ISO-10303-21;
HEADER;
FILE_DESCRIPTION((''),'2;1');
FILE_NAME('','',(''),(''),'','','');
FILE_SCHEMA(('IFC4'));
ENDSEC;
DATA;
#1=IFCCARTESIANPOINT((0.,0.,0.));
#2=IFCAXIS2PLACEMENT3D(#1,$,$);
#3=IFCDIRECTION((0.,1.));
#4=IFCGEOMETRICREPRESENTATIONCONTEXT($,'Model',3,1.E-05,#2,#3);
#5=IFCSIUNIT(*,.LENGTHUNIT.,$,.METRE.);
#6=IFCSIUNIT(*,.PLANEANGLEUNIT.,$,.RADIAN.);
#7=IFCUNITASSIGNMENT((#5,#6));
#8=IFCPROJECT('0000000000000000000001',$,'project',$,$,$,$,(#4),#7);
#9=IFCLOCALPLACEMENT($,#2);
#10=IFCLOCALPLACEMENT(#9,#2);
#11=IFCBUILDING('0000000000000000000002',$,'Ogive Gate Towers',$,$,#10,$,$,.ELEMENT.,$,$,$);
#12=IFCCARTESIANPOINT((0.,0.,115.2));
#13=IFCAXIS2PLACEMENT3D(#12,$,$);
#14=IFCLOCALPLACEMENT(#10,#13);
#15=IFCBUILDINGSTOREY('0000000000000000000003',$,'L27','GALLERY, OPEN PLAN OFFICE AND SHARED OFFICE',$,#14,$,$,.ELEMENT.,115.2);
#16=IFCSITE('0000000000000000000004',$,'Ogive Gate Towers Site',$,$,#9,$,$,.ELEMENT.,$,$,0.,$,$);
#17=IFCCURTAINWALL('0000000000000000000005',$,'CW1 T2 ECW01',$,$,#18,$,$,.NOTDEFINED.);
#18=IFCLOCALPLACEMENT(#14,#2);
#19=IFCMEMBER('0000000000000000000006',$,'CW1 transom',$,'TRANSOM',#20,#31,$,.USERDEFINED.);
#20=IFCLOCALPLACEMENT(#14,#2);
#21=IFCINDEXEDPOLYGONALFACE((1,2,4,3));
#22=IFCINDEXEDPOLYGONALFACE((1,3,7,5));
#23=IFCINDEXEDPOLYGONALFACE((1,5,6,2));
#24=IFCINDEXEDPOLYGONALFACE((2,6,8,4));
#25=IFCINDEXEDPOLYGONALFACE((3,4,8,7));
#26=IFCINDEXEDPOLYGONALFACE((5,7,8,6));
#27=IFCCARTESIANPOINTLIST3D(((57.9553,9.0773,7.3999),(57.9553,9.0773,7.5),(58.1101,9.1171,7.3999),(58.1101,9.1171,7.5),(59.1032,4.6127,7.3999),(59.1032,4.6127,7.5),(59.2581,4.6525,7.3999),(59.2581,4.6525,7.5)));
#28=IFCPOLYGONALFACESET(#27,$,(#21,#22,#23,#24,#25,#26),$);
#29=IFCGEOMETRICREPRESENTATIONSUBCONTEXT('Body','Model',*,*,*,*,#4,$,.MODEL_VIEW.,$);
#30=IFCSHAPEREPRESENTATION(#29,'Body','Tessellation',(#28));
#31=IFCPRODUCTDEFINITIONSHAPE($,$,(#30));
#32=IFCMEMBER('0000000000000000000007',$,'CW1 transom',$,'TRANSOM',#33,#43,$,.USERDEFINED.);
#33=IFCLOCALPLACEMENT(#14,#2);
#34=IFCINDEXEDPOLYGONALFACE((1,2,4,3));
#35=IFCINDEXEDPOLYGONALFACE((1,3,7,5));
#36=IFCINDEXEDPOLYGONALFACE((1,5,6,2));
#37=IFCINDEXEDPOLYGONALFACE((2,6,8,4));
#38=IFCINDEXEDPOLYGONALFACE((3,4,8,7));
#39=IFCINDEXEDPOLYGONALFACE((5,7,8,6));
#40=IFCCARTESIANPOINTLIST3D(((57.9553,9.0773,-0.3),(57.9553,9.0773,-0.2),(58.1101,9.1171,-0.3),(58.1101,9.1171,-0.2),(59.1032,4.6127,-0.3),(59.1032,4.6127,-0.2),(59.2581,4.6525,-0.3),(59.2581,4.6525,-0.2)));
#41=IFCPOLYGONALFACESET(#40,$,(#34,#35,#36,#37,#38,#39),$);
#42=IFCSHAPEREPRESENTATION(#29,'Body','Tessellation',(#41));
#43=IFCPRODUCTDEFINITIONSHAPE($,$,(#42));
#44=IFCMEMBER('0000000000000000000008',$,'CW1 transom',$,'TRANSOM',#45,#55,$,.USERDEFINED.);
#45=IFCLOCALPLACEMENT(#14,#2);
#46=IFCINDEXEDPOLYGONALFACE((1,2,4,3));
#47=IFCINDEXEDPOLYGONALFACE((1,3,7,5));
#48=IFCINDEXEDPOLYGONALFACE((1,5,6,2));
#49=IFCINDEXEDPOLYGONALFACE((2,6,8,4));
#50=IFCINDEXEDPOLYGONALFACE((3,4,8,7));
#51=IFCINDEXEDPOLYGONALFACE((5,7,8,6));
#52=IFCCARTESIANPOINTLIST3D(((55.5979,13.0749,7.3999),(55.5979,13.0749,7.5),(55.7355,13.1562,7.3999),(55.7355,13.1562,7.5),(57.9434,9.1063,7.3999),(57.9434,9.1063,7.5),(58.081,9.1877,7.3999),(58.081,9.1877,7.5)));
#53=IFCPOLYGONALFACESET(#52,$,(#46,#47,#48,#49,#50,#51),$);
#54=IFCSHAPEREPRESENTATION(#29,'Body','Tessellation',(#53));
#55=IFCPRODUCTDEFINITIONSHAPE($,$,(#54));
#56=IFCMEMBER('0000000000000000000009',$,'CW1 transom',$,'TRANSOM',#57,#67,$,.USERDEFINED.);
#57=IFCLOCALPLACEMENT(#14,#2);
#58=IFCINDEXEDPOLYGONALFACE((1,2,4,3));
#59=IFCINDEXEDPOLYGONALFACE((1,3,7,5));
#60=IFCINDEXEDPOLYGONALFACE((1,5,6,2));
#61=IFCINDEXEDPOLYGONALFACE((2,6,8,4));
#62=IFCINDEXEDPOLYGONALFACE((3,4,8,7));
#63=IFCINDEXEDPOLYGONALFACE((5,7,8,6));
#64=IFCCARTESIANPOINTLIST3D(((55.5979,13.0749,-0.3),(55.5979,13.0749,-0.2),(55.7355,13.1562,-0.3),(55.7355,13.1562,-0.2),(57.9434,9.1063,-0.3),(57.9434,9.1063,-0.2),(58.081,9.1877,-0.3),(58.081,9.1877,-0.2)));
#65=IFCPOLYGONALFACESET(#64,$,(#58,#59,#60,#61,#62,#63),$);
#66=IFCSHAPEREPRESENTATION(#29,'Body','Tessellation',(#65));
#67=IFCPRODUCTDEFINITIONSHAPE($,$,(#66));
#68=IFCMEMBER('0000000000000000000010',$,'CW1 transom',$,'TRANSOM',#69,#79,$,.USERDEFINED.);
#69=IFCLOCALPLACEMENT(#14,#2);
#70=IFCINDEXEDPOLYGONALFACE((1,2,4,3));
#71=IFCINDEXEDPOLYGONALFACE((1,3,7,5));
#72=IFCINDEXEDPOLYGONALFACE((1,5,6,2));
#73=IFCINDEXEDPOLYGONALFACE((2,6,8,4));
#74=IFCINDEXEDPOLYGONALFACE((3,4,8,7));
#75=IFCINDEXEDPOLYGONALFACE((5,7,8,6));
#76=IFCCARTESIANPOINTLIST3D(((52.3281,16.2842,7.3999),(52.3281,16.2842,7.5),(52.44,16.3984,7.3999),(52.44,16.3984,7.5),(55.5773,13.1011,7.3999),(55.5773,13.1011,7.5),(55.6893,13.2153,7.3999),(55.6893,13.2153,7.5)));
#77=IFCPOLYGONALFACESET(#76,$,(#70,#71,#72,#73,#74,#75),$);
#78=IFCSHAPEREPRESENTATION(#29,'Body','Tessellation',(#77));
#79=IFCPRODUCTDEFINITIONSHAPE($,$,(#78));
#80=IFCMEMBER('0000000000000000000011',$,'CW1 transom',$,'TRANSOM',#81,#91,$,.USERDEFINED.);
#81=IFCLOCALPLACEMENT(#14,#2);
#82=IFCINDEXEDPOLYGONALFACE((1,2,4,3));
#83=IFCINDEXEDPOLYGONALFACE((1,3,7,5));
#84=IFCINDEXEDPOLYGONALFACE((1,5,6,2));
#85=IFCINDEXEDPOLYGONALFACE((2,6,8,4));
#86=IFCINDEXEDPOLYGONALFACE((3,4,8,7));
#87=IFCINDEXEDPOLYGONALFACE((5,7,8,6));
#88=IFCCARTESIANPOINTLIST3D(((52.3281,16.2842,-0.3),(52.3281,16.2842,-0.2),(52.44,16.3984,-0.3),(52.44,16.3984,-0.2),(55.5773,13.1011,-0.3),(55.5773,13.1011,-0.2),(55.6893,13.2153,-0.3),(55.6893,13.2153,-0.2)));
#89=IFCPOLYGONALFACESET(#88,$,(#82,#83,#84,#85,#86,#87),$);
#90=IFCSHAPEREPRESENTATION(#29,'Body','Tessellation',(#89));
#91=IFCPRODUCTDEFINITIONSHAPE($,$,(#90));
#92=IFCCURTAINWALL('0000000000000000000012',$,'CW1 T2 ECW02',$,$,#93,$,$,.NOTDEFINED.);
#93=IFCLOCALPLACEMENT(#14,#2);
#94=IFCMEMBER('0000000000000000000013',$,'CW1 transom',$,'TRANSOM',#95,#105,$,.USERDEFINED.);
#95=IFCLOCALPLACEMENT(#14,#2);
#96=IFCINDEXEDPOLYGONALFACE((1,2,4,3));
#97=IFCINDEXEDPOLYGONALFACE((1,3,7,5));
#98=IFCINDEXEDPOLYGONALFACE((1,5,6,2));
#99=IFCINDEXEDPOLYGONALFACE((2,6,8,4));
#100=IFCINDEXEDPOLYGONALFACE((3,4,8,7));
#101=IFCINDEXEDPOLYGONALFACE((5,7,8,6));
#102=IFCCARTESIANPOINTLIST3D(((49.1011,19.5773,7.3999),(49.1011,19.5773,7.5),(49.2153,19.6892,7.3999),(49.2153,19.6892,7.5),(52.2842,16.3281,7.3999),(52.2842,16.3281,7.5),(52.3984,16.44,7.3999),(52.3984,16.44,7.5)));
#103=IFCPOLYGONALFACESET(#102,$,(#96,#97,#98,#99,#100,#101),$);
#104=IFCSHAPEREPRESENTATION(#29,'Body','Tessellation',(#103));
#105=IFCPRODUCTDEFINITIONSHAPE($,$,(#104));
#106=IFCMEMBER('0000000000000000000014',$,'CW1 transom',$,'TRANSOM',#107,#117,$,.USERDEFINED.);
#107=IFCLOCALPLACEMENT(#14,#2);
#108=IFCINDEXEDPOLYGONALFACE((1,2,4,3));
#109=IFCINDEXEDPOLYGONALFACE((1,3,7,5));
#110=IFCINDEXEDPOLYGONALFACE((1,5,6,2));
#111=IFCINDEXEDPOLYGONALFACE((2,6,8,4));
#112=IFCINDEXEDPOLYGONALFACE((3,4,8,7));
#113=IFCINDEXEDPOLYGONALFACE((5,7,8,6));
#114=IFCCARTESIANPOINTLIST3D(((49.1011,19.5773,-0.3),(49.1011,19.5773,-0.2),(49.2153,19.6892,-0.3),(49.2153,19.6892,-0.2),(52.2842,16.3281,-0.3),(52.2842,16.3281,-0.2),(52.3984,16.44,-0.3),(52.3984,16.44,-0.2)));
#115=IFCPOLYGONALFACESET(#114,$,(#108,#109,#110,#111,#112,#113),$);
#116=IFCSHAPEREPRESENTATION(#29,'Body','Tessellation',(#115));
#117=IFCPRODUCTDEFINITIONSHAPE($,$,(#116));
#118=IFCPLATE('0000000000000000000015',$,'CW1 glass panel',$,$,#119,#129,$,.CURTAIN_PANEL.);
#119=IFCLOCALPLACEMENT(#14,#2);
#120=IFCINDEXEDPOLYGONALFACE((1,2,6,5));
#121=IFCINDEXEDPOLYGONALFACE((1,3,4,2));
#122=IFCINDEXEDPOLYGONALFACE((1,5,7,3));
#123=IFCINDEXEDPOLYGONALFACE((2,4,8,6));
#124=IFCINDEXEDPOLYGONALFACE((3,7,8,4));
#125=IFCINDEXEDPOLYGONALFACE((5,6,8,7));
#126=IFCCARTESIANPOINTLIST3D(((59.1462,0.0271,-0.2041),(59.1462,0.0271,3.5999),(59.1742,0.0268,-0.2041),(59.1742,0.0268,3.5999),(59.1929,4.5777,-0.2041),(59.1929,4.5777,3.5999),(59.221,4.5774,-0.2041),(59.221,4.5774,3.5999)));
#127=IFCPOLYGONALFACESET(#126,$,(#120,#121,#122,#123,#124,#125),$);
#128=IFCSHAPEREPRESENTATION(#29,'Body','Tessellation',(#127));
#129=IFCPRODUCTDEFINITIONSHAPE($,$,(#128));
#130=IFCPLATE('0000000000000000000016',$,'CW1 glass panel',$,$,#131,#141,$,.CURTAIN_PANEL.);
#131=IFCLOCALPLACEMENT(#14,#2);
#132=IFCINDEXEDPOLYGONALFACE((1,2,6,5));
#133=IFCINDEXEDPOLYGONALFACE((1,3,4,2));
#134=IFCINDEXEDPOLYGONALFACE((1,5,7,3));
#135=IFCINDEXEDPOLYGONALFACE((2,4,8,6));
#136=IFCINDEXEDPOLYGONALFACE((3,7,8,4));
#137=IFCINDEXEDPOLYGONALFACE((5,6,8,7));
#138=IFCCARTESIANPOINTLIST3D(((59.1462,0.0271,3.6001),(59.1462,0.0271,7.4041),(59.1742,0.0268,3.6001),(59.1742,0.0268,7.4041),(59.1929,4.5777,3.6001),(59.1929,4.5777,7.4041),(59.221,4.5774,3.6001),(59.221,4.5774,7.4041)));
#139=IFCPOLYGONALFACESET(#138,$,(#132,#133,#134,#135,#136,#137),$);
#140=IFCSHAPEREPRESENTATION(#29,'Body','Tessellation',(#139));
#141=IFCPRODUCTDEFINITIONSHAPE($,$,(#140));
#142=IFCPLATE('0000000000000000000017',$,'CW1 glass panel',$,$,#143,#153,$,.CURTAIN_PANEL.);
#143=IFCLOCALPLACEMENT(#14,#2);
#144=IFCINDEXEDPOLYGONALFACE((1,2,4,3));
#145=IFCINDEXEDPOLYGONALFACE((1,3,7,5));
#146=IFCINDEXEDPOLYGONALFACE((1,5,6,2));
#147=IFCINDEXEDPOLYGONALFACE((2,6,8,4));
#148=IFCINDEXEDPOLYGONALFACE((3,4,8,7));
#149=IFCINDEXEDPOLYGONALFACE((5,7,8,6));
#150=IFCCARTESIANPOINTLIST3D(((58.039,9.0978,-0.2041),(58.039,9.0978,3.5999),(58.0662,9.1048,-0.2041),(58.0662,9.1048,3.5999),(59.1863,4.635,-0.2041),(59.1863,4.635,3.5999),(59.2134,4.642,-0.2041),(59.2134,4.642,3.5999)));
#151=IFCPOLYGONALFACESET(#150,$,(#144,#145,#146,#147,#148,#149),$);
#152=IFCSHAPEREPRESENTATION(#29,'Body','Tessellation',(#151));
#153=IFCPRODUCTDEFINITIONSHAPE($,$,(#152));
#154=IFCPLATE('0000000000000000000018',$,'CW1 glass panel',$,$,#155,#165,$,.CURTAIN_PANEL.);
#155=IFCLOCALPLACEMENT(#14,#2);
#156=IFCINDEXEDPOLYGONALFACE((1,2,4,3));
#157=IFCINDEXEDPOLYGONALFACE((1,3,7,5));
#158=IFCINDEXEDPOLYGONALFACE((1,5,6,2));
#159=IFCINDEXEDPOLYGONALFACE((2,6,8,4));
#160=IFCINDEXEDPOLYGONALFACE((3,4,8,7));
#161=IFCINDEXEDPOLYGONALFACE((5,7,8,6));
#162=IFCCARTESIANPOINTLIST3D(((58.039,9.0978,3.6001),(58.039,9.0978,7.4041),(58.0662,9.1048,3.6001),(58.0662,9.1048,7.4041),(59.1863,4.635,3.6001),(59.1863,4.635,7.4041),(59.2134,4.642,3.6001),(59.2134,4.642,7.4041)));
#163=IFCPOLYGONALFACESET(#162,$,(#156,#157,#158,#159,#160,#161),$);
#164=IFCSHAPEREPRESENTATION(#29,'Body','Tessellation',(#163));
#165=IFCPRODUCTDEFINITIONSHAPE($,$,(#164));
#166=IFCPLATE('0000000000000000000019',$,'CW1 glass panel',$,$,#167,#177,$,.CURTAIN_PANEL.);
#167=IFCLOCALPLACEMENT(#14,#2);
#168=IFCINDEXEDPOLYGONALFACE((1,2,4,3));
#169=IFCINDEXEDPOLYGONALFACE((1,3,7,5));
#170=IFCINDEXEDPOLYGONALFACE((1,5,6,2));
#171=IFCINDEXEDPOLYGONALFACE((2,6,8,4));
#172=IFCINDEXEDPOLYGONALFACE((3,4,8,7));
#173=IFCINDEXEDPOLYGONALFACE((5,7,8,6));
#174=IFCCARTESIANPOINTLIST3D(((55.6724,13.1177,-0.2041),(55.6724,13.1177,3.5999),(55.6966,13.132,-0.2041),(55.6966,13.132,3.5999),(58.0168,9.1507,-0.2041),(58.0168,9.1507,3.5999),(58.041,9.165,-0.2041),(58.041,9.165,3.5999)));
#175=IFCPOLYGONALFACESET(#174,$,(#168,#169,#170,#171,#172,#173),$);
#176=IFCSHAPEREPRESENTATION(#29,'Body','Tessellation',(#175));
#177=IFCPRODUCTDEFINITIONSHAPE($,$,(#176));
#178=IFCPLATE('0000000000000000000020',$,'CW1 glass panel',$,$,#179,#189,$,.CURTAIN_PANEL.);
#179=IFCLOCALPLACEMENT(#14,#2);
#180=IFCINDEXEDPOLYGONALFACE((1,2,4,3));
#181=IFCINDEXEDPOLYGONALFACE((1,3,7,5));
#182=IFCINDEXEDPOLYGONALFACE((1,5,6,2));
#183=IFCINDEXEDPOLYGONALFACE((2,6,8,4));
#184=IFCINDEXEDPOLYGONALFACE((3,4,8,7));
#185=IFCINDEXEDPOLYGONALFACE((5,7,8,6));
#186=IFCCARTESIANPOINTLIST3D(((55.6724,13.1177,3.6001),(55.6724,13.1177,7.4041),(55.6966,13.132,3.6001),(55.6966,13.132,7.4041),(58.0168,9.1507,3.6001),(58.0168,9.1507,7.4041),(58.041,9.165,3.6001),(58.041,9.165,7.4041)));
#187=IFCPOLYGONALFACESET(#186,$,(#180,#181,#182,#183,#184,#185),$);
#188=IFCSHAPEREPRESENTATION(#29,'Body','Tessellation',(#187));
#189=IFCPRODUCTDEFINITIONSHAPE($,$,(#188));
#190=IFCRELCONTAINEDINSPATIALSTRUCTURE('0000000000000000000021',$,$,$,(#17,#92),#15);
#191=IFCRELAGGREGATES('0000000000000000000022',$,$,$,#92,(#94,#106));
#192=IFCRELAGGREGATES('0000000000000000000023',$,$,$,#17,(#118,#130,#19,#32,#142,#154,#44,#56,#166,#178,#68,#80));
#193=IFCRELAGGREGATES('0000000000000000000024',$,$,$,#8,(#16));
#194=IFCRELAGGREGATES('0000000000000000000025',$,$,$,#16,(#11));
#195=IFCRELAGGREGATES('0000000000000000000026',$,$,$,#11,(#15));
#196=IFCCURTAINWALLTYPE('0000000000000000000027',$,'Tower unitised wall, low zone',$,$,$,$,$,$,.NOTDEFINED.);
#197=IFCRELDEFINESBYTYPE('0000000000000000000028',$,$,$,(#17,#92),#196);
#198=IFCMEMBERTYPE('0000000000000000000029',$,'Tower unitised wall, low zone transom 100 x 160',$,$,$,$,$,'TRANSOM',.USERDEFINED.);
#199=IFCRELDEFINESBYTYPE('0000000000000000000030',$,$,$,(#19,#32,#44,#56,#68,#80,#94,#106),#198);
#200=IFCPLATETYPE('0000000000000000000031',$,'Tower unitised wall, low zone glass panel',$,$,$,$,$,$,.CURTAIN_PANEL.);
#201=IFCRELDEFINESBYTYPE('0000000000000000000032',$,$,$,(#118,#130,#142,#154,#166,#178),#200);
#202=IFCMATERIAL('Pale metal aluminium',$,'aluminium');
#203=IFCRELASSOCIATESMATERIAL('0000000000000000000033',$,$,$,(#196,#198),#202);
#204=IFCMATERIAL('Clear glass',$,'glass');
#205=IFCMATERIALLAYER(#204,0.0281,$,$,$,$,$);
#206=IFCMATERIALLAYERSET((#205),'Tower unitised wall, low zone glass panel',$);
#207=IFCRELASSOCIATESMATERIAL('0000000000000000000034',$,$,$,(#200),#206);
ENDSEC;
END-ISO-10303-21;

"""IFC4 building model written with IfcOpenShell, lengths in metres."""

from ifc_helpers import new_model, si_unit, direction, frame, origin, origin_2d, place, context, subcontext, project, spatial, rectangle, extrude, material, layer, layer_set, material_profile, profile_set, type_object, element, aggregate, save


model = new_model("IFC4")

# Units and contexts
model_context = context("Model", 3, precision=1e-05, world=origin(), true_north=direction((0.0, 1.0)))
body_context = subcontext(model_context, "Body", "Model", "MODEL_VIEW")
ifc_project = project(units=[si_unit("LENGTHUNIT", "METRE"), si_unit("PLANEANGLEUNIT", "RADIAN")], contexts=[model_context])

# Site, building, storey
site_placement = place(None, origin())
site = spatial("IfcSite", under=ifc_project, at=site_placement, Name="Ogive Gate Towers Site", CompositionType="ELEMENT", RefElevation=0.0)
building_placement = place(site_placement, origin())
building = spatial("IfcBuilding", under=site, at=building_placement, Name="Ogive Gate Towers", CompositionType="ELEMENT")
storey_placement = place(building_placement, frame((0.0, 0.0, 115.2)))
storey = spatial("IfcBuildingStorey", under=building, at=storey_placement, Name="L27", Description="GALLERY, OPEN PLAN OFFICE AND SHARED OFFICE", CompositionType="ELEMENT", Elevation=115.2)

# Curtain walls, members
ifc_material_1 = material(Name="Pale metal aluminium", Category="aluminium")
curtain_wall_type = type_object("IfcCurtainWallType", Name="Tower unitised wall, low zone", PredefinedType="NOTDEFINED", material=ifc_material_1)
curtain_wall_1_placement = place(storey_placement, origin())
curtain_wall_1 = element("IfcCurtainWall", 1, at=curtain_wall_1_placement, inside=storey, type_object=curtain_wall_type, Name="CW1 T2 ECW01", PredefinedType="NOTDEFINED")
ifc_material_profile_1 = material_profile(ifc_material_1, rectangle(XDim=0.1599, YDim=0.1001, at=origin_2d()), Name="100 x 160 aluminium box")
ifc_profile_set_1 = profile_set([ifc_material_profile_1], Name="Pale metal aluminium")
member_type_1 = type_object("IfcMemberType", Name="Tower unitised wall, low zone transom 100 x 160", ElementType="TRANSOM", PredefinedType="USERDEFINED", material=ifc_profile_set_1)
member_1_placement = place(storey_placement, frame((59.1807, 4.6326, 7.45), z_axis=(-0.249023, 0.968498, 0.0), x_axis=(-0.968498, -0.249023, 0.0)))
member_1 = element("IfcMember", 2, at=member_1_placement, type_object=member_type_1, Name="CW1 transom", ObjectType="TRANSOM", PredefinedType="USERDEFINED", context=body_context, shape_type="SweptSolid", body=[
    extrude(rectangle(XDim=0.1599, YDim=0.1001, at=origin_2d()), origin(), (0.0, 0.0, 1.0), 4.6099),
])
member_2_placement = place(storey_placement, frame((59.1807, 4.6326, -0.25), z_axis=(-0.249023, 0.968498, 0.0), x_axis=(-0.968498, -0.249023, 0.0)))
member_2 = element("IfcMember", 3, at=member_2_placement, type_object=member_type_1, Name="CW1 transom", ObjectType="TRANSOM", PredefinedType="USERDEFINED", context=body_context, shape_type="SweptSolid", body=[
    extrude(rectangle(XDim=0.1599, YDim=0.1001, at=origin_2d()), origin(), (0.0, 0.0, 1.0), 4.6099),
])
member_3_placement = place(storey_placement, frame((58.0122, 9.147, 7.45), z_axis=(-0.508799, 0.860885, 0.0), x_axis=(-0.860885, -0.508799, 0.0)))
member_3 = element("IfcMember", 4, at=member_3_placement, type_object=member_type_1, Name="CW1 transom", ObjectType="TRANSOM", PredefinedType="USERDEFINED", context=body_context, shape_type="SweptSolid", body=[
    extrude(rectangle(XDim=0.1599, YDim=0.1001, at=origin_2d()), origin(), (0.0, 0.0, 1.0), 4.6099),
])
member_4_placement = place(storey_placement, frame((58.0122, 9.147, -0.25), z_axis=(-0.508799, 0.860885, 0.0), x_axis=(-0.860885, -0.508799, 0.0)))
member_4 = element("IfcMember", 5, at=member_4_placement, type_object=member_type_1, Name="CW1 transom", ObjectType="TRANSOM", PredefinedType="USERDEFINED", context=body_context, shape_type="SweptSolid", body=[
    extrude(rectangle(XDim=0.1599, YDim=0.1001, at=origin_2d()), origin(), (0.0, 0.0, 1.0), 4.6099),
])
member_5_placement = place(storey_placement, frame((55.6333, 13.1582, 7.45), z_axis=(-0.714342, 0.699797, 0.0), x_axis=(-0.699797, -0.714342, 0.0)))
member_5 = element("IfcMember", 6, at=member_5_placement, type_object=member_type_1, Name="CW1 transom", ObjectType="TRANSOM", PredefinedType="USERDEFINED", context=body_context, shape_type="SweptSolid", body=[
    extrude(rectangle(XDim=0.1599, YDim=0.1001, at=origin_2d()), origin(), (0.0, 0.0, 1.0), 4.5486),
])
member_6_placement = place(storey_placement, frame((55.6333, 13.1582, -0.25), z_axis=(-0.714342, 0.699797, 0.0), x_axis=(-0.699797, -0.714342, 0.0)))
member_6 = element("IfcMember", 7, at=member_6_placement, type_object=member_type_1, Name="CW1 transom", ObjectType="TRANSOM", PredefinedType="USERDEFINED", context=body_context, shape_type="SweptSolid", body=[
    extrude(rectangle(XDim=0.1599, YDim=0.1001, at=origin_2d()), origin(), (0.0, 0.0, 1.0), 4.5486),
])
curtain_wall_2_placement = place(storey_placement, origin())
curtain_wall_2 = element("IfcCurtainWall", 8, at=curtain_wall_2_placement, inside=storey, type_object=curtain_wall_type, Name="CW1 T2 ECW02", PredefinedType="NOTDEFINED")
member_7_placement = place(storey_placement, frame((52.3413, 16.384, 7.45), z_axis=(-0.699797, 0.714342, 0.0), x_axis=(-0.714342, -0.699797, 0.0)))
member_7 = element("IfcMember", 9, at=member_7_placement, type_object=member_type_1, Name="CW1 transom", ObjectType="TRANSOM", PredefinedType="USERDEFINED", context=body_context, shape_type="SweptSolid", body=[
    extrude(rectangle(XDim=0.1599, YDim=0.1001, at=origin_2d()), origin(), (0.0, 0.0, 1.0), 4.5486),
])
member_8_placement = place(storey_placement, frame((52.3413, 16.384, -0.25), z_axis=(-0.699797, 0.714342, 0.0), x_axis=(-0.714342, -0.699797, 0.0)))
member_8 = element("IfcMember", 10, at=member_8_placement, type_object=member_type_1, Name="CW1 transom", ObjectType="TRANSOM", PredefinedType="USERDEFINED", context=body_context, shape_type="SweptSolid", body=[
    extrude(rectangle(XDim=0.1599, YDim=0.1001, at=origin_2d()), origin(), (0.0, 0.0, 1.0), 4.5486),
])
aggregate(curtain_wall_2, [member_7, member_8])

# Plates
ifc_material_2 = material(Name="Clear glass", Category="glass")
ifc_layer_1 = layer(ifc_material_2, 0.0281)
ifc_layer_set_1 = layer_set([ifc_layer_1], Name="Tower unitised wall, low zone glass panel")
plate_type = type_object("IfcPlateType", Name="Tower unitised wall, low zone glass panel", PredefinedType="CURTAIN_PANEL", material=ifc_layer_set_1)
plate_1_placement = place(storey_placement, frame((59.1836, 2.3022, -0.2041), z_axis=(0.0, 0.0, 1.0), x_axis=(0.01028, 0.999947, 0.0)))
plate_1 = element("IfcPlate", 11, at=plate_1_placement, type_object=plate_type, Name="CW1 glass panel", PredefinedType="CURTAIN_PANEL", context=body_context, shape_type="SweptSolid", body=[
    extrude(rectangle(XDim=4.5508, YDim=0.0281, at=origin_2d()), origin(), (0.0, 0.0, 1.0), 3.804),
])
plate_2_placement = place(storey_placement, frame((59.1836, 2.3022, 3.6001), z_axis=(0.0, 0.0, 1.0), x_axis=(0.01028, 0.999947, 0.0)))
plate_2 = element("IfcPlate", 12, at=plate_2_placement, type_object=plate_type, Name="CW1 glass panel", PredefinedType="CURTAIN_PANEL", context=body_context, shape_type="SweptSolid", body=[
    extrude(rectangle(XDim=4.5508, YDim=0.0281, at=origin_2d()), origin(), (0.0, 0.0, 1.0), 3.804),
])
plate_3_placement = place(storey_placement, frame((58.6262, 6.8699, -0.2041), z_axis=(0.0, 0.0, 1.0), x_axis=(-0.248977, 0.968509, 0.0)))
plate_3 = element("IfcPlate", 13, at=plate_3_placement, type_object=plate_type, Name="CW1 glass panel", PredefinedType="CURTAIN_PANEL", context=body_context, shape_type="SweptSolid", body=[
    extrude(rectangle(XDim=4.6079, YDim=0.0281, at=origin_2d()), origin(), (0.0, 0.0, 1.0), 3.804),
])
plate_4_placement = place(storey_placement, frame((58.6262, 6.8699, 3.6001), z_axis=(0.0, 0.0, 1.0), x_axis=(-0.248977, 0.968509, 0.0)))
plate_4 = element("IfcPlate", 14, at=plate_4_placement, type_object=plate_type, Name="CW1 glass panel", PredefinedType="CURTAIN_PANEL", context=body_context, shape_type="SweptSolid", body=[
    extrude(rectangle(XDim=4.6079, YDim=0.0281, at=origin_2d()), origin(), (0.0, 0.0, 1.0), 3.804),
])
plate_5_placement = place(storey_placement, frame((56.8567, 11.1414, -0.2041), z_axis=(0.0, 0.0, 1.0), x_axis=(-0.508771, 0.860902, 0.0)))
plate_5 = element("IfcPlate", 15, at=plate_5_placement, type_object=plate_type, Name="CW1 glass panel", PredefinedType="CURTAIN_PANEL", context=body_context, shape_type="SweptSolid", body=[
    extrude(rectangle(XDim=4.6079, YDim=0.0281, at=origin_2d()), origin(), (0.0, 0.0, 1.0), 3.804),
])
plate_6_placement = place(storey_placement, frame((56.8567, 11.1414, 3.6001), z_axis=(0.0, 0.0, 1.0), x_axis=(-0.508771, 0.860902, 0.0)))
plate_6 = element("IfcPlate", 16, at=plate_6_placement, type_object=plate_type, Name="CW1 glass panel", PredefinedType="CURTAIN_PANEL", context=body_context, shape_type="SweptSolid", body=[
    extrude(rectangle(XDim=4.6079, YDim=0.0281, at=origin_2d()), origin(), (0.0, 0.0, 1.0), 3.804),
])
aggregate(curtain_wall_1, [plate_1, plate_2, member_1, member_2, plate_3, plate_4, member_3, member_4, plate_5, plate_6, member_5, member_6])

save(model, "model.ifc")
